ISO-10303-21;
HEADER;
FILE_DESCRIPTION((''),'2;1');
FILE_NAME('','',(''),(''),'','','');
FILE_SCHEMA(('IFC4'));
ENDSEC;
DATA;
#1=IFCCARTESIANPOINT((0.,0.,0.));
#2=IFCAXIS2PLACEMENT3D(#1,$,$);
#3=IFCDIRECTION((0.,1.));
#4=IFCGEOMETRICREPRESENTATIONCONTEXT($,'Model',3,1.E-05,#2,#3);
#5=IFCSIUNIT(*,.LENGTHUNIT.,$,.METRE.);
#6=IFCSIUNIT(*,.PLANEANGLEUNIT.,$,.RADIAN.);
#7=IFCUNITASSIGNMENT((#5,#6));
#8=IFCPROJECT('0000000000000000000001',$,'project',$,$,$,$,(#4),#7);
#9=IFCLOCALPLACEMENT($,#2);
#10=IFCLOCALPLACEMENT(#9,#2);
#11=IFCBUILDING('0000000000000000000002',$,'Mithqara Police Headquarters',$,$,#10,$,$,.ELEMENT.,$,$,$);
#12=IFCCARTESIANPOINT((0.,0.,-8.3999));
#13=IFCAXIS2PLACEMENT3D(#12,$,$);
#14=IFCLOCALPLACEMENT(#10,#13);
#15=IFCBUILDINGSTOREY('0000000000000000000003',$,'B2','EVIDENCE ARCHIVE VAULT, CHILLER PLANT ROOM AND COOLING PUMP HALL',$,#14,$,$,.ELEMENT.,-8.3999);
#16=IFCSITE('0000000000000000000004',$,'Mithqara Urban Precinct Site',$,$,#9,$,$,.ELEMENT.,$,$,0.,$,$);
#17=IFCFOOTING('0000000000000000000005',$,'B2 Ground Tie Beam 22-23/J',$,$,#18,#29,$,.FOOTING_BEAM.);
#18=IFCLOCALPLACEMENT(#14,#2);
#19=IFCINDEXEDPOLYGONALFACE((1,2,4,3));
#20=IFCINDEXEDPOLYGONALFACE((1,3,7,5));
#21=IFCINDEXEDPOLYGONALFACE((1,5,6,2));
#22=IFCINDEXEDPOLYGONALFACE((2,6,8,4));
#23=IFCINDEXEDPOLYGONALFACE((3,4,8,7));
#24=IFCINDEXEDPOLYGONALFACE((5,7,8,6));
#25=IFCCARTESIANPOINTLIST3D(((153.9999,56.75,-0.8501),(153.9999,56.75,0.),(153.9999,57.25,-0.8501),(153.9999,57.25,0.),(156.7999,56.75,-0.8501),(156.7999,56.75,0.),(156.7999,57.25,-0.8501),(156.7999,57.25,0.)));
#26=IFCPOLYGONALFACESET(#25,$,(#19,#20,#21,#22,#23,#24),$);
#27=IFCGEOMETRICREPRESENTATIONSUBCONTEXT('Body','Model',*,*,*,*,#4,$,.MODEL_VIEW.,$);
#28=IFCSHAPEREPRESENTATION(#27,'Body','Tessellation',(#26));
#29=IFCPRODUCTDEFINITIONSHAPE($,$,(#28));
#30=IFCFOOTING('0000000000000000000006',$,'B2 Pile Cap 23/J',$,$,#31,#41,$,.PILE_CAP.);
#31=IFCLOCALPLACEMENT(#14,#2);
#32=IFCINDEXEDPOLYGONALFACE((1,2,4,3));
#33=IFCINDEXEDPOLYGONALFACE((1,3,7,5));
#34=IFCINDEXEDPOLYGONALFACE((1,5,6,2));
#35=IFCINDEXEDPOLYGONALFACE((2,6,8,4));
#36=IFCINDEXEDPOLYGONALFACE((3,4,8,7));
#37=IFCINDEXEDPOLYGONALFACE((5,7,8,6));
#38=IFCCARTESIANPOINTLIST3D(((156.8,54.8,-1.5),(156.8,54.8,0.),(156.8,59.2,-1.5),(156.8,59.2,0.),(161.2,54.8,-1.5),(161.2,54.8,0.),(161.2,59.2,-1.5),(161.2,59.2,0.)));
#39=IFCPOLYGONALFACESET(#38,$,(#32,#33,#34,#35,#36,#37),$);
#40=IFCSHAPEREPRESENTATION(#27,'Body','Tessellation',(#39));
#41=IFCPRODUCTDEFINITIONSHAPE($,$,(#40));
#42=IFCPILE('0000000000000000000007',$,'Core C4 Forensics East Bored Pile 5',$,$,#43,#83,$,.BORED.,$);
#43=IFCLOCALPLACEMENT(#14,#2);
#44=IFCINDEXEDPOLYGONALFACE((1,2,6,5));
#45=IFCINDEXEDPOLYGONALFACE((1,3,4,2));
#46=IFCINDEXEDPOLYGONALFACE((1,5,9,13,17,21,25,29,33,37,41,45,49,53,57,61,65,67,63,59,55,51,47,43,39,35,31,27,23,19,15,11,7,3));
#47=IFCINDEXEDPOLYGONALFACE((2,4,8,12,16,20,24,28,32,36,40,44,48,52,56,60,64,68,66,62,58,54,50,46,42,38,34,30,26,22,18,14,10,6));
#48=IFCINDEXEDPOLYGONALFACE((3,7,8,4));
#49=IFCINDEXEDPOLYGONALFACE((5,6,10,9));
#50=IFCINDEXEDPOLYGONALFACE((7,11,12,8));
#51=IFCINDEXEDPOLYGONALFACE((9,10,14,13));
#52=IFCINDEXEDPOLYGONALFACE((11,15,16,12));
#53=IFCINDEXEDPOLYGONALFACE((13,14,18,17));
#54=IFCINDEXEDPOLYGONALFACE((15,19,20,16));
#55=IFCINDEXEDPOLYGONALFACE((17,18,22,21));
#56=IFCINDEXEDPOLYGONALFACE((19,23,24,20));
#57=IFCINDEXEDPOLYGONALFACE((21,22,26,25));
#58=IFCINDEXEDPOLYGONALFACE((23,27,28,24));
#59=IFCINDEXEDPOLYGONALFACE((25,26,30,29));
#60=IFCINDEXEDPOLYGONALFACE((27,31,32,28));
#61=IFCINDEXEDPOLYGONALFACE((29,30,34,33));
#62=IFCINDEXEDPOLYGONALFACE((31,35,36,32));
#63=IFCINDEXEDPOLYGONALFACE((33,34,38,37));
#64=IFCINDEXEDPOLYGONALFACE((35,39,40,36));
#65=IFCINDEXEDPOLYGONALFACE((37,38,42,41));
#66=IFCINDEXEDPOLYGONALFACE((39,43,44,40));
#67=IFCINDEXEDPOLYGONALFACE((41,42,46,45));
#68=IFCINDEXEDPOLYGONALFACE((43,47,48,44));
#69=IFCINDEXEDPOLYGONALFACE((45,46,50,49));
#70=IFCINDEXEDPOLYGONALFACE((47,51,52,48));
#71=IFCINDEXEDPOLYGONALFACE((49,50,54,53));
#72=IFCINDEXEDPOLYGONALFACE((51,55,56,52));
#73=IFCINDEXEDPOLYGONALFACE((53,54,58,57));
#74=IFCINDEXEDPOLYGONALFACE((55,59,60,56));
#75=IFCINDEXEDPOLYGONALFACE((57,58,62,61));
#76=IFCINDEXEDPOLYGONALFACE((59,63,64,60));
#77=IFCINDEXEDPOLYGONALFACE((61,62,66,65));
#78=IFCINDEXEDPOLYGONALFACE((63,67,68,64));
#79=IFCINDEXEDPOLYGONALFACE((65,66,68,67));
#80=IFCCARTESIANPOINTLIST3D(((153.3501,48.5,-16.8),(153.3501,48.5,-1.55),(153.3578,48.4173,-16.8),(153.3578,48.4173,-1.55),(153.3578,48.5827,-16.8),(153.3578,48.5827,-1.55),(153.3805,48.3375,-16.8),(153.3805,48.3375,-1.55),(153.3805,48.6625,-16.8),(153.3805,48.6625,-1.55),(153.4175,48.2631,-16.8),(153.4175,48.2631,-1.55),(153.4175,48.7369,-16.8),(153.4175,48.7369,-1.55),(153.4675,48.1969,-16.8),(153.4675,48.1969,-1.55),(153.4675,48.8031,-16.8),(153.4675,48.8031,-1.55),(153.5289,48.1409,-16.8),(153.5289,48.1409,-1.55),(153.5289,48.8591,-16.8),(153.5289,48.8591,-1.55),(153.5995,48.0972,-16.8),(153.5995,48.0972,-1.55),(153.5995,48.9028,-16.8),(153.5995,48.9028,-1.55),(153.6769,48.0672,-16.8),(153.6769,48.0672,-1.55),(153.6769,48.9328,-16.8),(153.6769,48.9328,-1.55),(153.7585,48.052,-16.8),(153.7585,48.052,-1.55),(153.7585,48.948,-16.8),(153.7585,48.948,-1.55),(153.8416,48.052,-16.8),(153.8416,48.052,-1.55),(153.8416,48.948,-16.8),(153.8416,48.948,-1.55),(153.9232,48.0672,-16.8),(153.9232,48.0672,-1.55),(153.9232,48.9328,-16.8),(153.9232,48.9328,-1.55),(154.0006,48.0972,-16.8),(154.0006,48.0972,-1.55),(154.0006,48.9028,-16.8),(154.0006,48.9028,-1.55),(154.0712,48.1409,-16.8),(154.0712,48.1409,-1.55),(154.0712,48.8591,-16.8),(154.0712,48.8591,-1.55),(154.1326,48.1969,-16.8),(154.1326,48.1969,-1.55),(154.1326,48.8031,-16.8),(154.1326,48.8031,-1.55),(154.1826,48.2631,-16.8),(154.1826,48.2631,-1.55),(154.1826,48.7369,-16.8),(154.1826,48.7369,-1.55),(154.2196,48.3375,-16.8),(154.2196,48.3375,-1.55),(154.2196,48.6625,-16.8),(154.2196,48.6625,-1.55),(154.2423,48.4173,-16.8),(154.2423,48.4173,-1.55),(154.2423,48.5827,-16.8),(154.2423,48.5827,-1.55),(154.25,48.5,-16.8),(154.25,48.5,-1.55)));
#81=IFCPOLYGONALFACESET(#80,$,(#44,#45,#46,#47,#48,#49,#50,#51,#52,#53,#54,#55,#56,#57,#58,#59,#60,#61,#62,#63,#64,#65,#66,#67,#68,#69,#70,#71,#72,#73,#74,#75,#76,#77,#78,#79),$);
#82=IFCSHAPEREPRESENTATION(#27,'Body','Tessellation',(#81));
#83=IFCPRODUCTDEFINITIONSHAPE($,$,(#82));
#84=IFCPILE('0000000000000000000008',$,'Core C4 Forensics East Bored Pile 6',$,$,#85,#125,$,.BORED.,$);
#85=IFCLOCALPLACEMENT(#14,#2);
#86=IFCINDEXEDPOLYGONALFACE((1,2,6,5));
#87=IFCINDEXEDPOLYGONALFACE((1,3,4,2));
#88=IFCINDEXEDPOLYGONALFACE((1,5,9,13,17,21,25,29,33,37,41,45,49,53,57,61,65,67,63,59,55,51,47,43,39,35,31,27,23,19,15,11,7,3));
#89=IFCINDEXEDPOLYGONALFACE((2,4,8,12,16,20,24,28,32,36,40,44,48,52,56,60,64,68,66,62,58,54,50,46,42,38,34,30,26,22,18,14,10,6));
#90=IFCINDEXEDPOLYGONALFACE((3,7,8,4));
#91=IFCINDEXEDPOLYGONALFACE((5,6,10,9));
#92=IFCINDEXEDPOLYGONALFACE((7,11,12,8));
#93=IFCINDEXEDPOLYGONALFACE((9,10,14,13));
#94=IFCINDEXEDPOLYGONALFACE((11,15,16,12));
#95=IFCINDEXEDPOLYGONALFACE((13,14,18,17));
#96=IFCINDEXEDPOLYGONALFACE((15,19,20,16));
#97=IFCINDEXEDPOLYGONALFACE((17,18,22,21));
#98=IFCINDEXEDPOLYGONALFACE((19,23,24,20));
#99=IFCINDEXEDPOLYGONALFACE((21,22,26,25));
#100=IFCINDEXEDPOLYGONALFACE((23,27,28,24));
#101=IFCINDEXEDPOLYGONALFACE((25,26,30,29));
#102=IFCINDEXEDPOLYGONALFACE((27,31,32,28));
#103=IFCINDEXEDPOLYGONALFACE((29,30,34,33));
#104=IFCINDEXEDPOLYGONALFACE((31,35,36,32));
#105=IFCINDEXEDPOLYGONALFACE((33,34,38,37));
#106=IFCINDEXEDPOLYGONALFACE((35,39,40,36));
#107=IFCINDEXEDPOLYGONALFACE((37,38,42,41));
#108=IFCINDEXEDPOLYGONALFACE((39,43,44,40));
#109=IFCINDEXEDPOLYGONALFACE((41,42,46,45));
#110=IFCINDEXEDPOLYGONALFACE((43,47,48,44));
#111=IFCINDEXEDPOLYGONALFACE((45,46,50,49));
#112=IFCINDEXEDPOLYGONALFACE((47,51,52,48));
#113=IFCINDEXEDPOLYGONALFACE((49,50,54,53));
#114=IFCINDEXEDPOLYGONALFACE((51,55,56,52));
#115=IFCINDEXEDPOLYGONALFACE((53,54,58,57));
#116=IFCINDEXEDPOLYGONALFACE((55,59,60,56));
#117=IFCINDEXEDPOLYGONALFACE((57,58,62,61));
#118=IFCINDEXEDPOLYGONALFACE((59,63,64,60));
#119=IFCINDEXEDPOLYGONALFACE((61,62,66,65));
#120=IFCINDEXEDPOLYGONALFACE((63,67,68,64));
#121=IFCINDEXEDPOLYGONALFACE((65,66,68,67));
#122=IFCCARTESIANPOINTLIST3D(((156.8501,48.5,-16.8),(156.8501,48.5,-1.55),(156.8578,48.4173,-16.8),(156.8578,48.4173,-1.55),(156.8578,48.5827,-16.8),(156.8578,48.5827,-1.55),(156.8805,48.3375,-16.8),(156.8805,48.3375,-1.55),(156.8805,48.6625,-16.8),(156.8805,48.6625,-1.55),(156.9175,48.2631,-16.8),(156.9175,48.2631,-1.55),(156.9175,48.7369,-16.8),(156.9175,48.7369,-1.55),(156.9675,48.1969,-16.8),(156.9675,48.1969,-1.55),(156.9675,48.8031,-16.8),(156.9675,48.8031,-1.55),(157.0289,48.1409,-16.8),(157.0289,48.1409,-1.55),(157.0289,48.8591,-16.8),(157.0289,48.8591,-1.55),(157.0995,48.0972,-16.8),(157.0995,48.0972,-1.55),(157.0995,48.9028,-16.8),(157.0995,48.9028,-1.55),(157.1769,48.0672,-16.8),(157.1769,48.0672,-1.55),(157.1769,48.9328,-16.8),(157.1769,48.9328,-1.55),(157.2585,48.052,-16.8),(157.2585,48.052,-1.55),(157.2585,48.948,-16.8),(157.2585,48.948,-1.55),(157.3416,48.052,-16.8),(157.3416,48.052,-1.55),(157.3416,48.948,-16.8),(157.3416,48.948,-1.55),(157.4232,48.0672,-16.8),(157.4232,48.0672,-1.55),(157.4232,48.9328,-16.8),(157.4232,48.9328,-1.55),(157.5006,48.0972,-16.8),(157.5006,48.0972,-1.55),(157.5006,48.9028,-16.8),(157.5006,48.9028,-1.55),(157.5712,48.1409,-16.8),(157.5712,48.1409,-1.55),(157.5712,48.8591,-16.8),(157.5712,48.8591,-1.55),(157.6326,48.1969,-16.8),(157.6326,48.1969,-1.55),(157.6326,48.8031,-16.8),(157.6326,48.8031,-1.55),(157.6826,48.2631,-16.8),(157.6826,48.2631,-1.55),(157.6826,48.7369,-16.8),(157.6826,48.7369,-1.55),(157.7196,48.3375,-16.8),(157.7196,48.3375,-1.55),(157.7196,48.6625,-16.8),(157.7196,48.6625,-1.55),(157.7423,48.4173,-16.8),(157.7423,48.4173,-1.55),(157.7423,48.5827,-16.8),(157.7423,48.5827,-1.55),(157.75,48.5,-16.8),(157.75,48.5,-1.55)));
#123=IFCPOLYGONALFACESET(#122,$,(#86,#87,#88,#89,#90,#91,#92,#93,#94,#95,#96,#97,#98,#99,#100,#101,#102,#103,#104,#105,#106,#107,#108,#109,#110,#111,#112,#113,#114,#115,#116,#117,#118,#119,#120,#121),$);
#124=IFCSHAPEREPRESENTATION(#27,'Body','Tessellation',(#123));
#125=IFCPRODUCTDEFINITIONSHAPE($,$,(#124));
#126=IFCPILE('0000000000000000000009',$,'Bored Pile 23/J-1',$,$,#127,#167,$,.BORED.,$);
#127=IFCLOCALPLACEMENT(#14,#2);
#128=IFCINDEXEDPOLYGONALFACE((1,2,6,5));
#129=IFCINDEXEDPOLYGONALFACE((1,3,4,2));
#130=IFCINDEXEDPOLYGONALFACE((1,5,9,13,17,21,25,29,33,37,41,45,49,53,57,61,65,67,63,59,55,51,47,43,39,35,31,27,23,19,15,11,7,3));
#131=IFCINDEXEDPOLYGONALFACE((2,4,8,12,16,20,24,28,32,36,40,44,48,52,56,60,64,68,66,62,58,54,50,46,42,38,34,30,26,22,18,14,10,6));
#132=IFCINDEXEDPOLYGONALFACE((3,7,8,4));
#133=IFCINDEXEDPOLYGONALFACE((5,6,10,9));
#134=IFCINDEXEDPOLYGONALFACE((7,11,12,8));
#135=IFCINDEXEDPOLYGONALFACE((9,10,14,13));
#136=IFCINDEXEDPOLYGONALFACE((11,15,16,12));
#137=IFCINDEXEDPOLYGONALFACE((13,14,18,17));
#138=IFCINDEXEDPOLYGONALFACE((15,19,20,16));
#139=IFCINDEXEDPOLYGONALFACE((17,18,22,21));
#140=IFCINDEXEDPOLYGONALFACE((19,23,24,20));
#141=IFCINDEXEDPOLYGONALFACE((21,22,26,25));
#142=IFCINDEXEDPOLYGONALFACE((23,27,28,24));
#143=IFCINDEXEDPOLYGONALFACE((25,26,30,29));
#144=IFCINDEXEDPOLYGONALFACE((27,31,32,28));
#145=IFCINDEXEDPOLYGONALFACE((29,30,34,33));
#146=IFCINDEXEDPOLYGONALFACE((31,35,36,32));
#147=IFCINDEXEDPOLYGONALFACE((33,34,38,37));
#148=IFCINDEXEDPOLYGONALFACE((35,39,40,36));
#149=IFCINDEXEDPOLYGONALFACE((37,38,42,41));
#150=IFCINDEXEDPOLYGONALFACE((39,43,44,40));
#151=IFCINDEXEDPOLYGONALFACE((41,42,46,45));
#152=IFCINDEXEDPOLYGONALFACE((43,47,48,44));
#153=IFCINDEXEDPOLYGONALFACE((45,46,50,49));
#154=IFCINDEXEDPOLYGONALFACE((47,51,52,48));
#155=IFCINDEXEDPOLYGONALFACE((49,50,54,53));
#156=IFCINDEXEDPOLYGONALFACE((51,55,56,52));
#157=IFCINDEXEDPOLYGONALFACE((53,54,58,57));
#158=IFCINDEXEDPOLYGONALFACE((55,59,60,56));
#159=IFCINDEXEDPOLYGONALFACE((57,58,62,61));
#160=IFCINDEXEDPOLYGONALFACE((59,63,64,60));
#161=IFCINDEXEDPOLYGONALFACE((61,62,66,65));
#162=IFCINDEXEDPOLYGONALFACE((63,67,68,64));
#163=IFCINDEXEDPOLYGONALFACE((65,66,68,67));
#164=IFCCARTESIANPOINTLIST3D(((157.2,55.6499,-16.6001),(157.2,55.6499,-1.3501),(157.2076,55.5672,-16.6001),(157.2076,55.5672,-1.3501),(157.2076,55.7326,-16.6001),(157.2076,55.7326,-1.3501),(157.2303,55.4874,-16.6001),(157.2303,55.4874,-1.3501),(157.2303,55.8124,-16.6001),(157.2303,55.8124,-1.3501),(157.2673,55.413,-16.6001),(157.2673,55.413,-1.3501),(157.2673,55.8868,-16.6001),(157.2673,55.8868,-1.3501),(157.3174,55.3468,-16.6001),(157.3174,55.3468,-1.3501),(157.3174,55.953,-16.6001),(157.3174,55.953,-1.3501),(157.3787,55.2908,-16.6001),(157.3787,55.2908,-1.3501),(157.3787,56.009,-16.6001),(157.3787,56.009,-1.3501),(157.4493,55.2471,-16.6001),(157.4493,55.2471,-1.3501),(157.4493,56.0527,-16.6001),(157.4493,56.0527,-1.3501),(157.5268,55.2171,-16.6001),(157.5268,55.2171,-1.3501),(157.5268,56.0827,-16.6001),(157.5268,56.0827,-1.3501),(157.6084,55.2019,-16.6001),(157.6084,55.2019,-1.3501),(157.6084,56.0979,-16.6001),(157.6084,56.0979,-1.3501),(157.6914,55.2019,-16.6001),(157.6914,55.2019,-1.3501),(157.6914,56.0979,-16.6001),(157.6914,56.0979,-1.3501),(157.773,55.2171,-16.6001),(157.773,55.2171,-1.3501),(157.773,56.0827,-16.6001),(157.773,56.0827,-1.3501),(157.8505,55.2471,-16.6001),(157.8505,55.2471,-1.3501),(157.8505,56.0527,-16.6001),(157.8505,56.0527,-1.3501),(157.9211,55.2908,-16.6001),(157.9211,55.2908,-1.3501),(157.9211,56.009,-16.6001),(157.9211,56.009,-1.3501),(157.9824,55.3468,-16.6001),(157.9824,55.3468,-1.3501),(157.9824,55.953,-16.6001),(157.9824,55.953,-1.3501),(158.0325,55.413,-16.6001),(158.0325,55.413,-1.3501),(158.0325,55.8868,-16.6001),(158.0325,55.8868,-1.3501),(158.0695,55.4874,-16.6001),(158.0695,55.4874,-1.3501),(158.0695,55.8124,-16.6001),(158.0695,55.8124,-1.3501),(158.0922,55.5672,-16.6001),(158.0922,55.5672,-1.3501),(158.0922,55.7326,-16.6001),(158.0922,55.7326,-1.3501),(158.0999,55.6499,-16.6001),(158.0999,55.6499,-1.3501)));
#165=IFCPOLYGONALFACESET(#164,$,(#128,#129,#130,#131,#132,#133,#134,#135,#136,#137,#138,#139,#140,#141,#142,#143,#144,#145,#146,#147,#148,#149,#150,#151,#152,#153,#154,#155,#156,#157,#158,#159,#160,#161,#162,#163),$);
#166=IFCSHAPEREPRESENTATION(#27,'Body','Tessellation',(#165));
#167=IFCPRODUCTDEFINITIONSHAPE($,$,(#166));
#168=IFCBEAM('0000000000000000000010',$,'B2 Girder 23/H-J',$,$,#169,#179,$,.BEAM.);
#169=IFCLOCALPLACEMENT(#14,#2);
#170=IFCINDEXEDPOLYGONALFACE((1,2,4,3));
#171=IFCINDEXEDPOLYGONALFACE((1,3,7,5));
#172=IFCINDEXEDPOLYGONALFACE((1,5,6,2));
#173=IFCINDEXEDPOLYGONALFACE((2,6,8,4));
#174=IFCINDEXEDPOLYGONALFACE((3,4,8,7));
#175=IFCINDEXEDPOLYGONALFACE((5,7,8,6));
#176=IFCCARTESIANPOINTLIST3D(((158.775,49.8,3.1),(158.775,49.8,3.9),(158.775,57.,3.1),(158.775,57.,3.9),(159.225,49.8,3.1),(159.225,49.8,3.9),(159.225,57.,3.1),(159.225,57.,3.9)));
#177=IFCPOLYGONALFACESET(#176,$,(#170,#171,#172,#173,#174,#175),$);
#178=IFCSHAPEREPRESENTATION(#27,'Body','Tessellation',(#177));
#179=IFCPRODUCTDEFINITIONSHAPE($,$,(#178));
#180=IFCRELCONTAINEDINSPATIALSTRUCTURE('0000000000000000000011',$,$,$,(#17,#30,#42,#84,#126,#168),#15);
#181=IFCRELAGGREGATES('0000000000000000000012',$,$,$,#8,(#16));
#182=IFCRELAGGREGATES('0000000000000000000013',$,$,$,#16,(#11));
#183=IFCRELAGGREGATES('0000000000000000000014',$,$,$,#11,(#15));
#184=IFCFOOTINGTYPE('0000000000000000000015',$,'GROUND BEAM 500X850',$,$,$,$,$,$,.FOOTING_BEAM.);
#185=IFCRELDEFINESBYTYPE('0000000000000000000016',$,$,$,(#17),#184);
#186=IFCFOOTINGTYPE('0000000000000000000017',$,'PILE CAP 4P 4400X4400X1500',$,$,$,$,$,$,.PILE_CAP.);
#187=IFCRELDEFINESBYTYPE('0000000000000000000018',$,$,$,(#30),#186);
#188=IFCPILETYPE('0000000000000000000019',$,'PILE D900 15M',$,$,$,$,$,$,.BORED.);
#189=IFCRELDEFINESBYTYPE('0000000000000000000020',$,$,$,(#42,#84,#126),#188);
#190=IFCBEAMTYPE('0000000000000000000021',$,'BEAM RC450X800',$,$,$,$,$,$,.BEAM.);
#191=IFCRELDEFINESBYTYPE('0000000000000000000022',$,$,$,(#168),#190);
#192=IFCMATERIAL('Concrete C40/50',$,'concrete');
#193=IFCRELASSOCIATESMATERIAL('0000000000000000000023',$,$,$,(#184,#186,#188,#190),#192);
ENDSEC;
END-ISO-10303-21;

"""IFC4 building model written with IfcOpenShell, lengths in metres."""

from ifc_helpers import new_model, si_unit, direction, frame, origin, origin_2d, place, context, subcontext, project, spatial, rectangle, circle, extrude, material, material_profile, profile_set, type_object, element, save


model = new_model("IFC4")

# Units and contexts
model_context = context("Model", 3, precision=1e-05, world=origin(), true_north=direction((0.0, 1.0)))
body_context = subcontext(model_context, "Body", "Model", "MODEL_VIEW")
ifc_project = project(units=[si_unit("LENGTHUNIT", "METRE"), si_unit("PLANEANGLEUNIT", "RADIAN")], contexts=[model_context])

# Site, building, storey
site_placement = place(None, origin())
site = spatial("IfcSite", under=ifc_project, at=site_placement, Name="Mithqara Urban Precinct Site", CompositionType="ELEMENT", RefElevation=0.0)
building_placement = place(site_placement, origin())
building = spatial("IfcBuilding", under=site, at=building_placement, Name="Mithqara Police Headquarters", CompositionType="ELEMENT")
storey_placement = place(building_placement, frame((0.0, 0.0, -8.3999)))
storey = spatial("IfcBuildingStorey", under=building, at=storey_placement, Name="B2", Description="EVIDENCE ARCHIVE VAULT, CHILLER PLANT ROOM AND COOLING PUMP HALL", CompositionType="ELEMENT", Elevation=-8.3999)

# Footings
ifc_material_1 = material(Name="Concrete C40/50", Category="concrete")
footing_type_1 = type_object("IfcFootingType", Name="GROUND BEAM 500X850", PredefinedType="FOOTING_BEAM", material=ifc_material_1)
footing_1_placement = place(storey_placement, frame((155.3999, 57.0, -0.8501), z_axis=(0.0, 0.0, 1.0), x_axis=(1.0, 0.0, 0.0)))
element("IfcFooting", 1, at=footing_1_placement, inside=storey, type_object=footing_type_1, Name="B2 Ground Tie Beam 22-23/J", PredefinedType="FOOTING_BEAM", context=body_context, shape_type="SweptSolid", body=[
    extrude(rectangle(XDim=2.8, YDim=0.5, at=origin_2d()), origin(), (0.0, 0.0, 1.0), 0.8501),
])
footing_type_2 = type_object("IfcFootingType", Name="PILE CAP 4P 4400X4400X1500", PredefinedType="PILE_CAP", material=ifc_material_1)
footing_2_placement = place(storey_placement, frame((159.0, 57.0, -1.5), z_axis=(0.0, 0.0, 1.0), x_axis=(1.0, 0.0, 0.0)))
element("IfcFooting", 2, at=footing_2_placement, inside=storey, type_object=footing_type_2, Name="B2 Pile Cap 23/J", PredefinedType="PILE_CAP", context=body_context, shape_type="SweptSolid", body=[
    extrude(rectangle(XDim=4.3999, YDim=4.3999, at=origin_2d()), origin(), (0.0, 0.0, 1.0), 1.5),
])

# Piles
ifc_material_profile_1 = material_profile(ifc_material_1, circle(Radius=0.45, at=origin_2d()), Name="PILE D900")
ifc_profile_set_1 = profile_set([ifc_material_profile_1], Name="Concrete C40/50")
pile_type = type_object("IfcPileType", Name="PILE D900 15M", PredefinedType="BORED", material=ifc_profile_set_1)
for number, where, z_axis, x_axis, name in (
    (3, (153.8, 48.5, -1.55), (0.0, 0.0, -1.0), (1.0, 0.0, 0.0), "Core C4 Forensics East Bored Pile 5"),
    (4, (157.3, 48.5, -1.55), (0.0, 0.0, -1.0), (1.0, 0.0, 0.0), "Core C4 Forensics East Bored Pile 6"),
    (5, (157.6499, 55.6499, -1.3501), (0.0, 0.0, -1.0), (1.0, 0.0, 0.0), "Bored Pile 23/J-1"),
):
    element("IfcPile", number, at=place(storey_placement, frame(where, z_axis=z_axis, x_axis=x_axis)), inside=storey, type_object=pile_type, Name=name, PredefinedType="BORED", context=body_context, shape_type="SweptSolid", body=[
        extrude(circle(Radius=0.45, at=origin_2d()), origin(), (0.0, 0.0, 1.0), 15.25),
    ])

# Beam
ifc_material_profile_2 = material_profile(ifc_material_1, rectangle(XDim=0.45, YDim=0.8, at=origin_2d()), Name="RC 450x800")
ifc_profile_set_2 = profile_set([ifc_material_profile_2], Name="Concrete C40/50")
beam_type = type_object("IfcBeamType", Name="BEAM RC450X800", PredefinedType="BEAM", material=ifc_profile_set_2)
beam_placement = place(storey_placement, frame((159.0, 49.8, 3.5), z_axis=(0.0, 1.0, 0.0), x_axis=(-1.0, 0.0, 0.0)))
element("IfcBeam", 6, at=beam_placement, inside=storey, type_object=beam_type, Name="B2 Girder 23/H-J", PredefinedType="BEAM", context=body_context, shape_type="SweptSolid", body=[
    extrude(rectangle(XDim=0.45, YDim=0.8, at=origin_2d()), origin(), (0.0, 0.0, 1.0), 7.2),
])

save(model, "model.ifc")
